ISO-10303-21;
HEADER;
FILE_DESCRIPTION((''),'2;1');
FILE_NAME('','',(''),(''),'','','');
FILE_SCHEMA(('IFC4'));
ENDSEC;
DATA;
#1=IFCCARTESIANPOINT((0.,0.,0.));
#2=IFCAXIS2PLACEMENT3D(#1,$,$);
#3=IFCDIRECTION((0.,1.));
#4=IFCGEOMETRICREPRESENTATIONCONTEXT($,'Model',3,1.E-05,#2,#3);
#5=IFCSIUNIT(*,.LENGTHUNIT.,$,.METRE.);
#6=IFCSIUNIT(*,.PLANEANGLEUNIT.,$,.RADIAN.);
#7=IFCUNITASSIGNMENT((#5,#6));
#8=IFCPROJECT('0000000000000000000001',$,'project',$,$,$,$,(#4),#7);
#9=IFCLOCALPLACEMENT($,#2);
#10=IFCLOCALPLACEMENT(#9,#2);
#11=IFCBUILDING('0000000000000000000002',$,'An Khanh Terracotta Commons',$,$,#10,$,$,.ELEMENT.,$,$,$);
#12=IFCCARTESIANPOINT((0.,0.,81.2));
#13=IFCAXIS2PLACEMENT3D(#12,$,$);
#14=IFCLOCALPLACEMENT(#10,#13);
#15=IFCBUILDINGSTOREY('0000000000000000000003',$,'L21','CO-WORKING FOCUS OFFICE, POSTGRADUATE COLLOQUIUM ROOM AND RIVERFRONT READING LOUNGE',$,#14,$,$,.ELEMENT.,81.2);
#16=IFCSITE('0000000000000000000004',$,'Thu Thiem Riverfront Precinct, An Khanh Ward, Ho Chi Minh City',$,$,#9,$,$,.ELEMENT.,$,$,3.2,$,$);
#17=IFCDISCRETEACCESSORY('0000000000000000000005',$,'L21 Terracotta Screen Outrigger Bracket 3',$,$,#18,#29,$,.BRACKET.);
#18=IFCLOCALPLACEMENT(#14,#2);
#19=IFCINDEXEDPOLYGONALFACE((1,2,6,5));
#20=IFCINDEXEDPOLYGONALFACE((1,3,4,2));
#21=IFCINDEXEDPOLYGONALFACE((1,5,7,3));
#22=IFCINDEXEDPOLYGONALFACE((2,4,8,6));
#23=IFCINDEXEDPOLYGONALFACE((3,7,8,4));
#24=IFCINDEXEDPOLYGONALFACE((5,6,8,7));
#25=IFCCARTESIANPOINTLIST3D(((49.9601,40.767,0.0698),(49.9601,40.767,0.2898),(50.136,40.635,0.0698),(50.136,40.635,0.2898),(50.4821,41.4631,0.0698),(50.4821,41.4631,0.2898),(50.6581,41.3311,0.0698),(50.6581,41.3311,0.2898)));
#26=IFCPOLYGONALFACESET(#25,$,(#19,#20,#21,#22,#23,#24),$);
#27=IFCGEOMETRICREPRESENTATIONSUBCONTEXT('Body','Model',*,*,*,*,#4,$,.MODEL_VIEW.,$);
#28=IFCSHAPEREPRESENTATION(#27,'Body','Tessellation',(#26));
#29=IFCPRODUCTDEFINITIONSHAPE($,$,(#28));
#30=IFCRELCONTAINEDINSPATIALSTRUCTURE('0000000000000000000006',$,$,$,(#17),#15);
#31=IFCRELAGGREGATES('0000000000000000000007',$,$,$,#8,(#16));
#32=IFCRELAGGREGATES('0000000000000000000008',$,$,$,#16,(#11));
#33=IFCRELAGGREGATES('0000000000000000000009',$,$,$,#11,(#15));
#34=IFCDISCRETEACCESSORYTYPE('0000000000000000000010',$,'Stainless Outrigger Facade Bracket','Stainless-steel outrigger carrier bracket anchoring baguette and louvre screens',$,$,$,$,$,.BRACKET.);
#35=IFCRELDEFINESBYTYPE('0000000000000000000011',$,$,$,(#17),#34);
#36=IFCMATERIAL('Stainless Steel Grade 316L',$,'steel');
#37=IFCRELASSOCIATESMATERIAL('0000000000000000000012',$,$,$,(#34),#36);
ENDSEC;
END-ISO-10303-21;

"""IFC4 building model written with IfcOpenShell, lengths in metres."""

from ifc_helpers import new_model, si_unit, direction, frame, origin, origin_2d, place, context, subcontext, project, spatial, rectangle, extrude, material, type_object, element, save


model = new_model("IFC4")

# Units and contexts
model_context = context("Model", 3, precision=1e-05, world=origin(), true_north=direction((0.0, 1.0)))
body_context = subcontext(model_context, "Body", "Model", "MODEL_VIEW")
ifc_project = project(units=[si_unit("LENGTHUNIT", "METRE"), si_unit("PLANEANGLEUNIT", "RADIAN")], contexts=[model_context])

# Site, building, storey
site_placement = place(None, origin())
site = spatial("IfcSite", under=ifc_project, at=site_placement, Name="Thu Thiem Riverfront Precinct, An Khanh Ward, Ho Chi Minh City", CompositionType="ELEMENT", RefElevation=3.2)
building_placement = place(site_placement, origin())
building = spatial("IfcBuilding", under=site, at=building_placement, Name="An Khanh Terracotta Commons", CompositionType="ELEMENT")
storey_placement = place(building_placement, frame((0.0, 0.0, 81.2)))
storey = spatial("IfcBuildingStorey", under=building, at=storey_placement, Name="L21", Description="CO-WORKING FOCUS OFFICE, POSTGRADUATE COLLOQUIUM ROOM AND RIVERFRONT READING LOUNGE", CompositionType="ELEMENT", Elevation=81.2)

# Discrete accessory
ifc_material_1 = material(Name="Stainless Steel Grade 316L", Category="steel")
discrete_accessory_type = type_object("IfcDiscreteAccessoryType", Name="Stainless Outrigger Facade Bracket", Description="Stainless-steel outrigger carrier bracket anchoring baguette and louvre screens", PredefinedType="BRACKET", material=ifc_material_1)
discrete_accessory_placement = place(storey_placement, frame((50.3091, 41.0491, 0.0698), z_axis=(0.0, 0.0, 1.0), x_axis=(-0.800013, 0.599983, 0.0)))
element("IfcDiscreteAccessory", 1, at=discrete_accessory_placement, inside=storey, type_object=discrete_accessory_type, Name="L21 Terracotta Screen Outrigger Bracket 3", PredefinedType="BRACKET", context=body_context, shape_type="SweptSolid", body=[
    extrude(rectangle(XDim=0.22, YDim=0.8701, at=origin_2d()), origin(), (0.0, 0.0, 1.0), 0.22),
])

save(model, "model.ifc")
